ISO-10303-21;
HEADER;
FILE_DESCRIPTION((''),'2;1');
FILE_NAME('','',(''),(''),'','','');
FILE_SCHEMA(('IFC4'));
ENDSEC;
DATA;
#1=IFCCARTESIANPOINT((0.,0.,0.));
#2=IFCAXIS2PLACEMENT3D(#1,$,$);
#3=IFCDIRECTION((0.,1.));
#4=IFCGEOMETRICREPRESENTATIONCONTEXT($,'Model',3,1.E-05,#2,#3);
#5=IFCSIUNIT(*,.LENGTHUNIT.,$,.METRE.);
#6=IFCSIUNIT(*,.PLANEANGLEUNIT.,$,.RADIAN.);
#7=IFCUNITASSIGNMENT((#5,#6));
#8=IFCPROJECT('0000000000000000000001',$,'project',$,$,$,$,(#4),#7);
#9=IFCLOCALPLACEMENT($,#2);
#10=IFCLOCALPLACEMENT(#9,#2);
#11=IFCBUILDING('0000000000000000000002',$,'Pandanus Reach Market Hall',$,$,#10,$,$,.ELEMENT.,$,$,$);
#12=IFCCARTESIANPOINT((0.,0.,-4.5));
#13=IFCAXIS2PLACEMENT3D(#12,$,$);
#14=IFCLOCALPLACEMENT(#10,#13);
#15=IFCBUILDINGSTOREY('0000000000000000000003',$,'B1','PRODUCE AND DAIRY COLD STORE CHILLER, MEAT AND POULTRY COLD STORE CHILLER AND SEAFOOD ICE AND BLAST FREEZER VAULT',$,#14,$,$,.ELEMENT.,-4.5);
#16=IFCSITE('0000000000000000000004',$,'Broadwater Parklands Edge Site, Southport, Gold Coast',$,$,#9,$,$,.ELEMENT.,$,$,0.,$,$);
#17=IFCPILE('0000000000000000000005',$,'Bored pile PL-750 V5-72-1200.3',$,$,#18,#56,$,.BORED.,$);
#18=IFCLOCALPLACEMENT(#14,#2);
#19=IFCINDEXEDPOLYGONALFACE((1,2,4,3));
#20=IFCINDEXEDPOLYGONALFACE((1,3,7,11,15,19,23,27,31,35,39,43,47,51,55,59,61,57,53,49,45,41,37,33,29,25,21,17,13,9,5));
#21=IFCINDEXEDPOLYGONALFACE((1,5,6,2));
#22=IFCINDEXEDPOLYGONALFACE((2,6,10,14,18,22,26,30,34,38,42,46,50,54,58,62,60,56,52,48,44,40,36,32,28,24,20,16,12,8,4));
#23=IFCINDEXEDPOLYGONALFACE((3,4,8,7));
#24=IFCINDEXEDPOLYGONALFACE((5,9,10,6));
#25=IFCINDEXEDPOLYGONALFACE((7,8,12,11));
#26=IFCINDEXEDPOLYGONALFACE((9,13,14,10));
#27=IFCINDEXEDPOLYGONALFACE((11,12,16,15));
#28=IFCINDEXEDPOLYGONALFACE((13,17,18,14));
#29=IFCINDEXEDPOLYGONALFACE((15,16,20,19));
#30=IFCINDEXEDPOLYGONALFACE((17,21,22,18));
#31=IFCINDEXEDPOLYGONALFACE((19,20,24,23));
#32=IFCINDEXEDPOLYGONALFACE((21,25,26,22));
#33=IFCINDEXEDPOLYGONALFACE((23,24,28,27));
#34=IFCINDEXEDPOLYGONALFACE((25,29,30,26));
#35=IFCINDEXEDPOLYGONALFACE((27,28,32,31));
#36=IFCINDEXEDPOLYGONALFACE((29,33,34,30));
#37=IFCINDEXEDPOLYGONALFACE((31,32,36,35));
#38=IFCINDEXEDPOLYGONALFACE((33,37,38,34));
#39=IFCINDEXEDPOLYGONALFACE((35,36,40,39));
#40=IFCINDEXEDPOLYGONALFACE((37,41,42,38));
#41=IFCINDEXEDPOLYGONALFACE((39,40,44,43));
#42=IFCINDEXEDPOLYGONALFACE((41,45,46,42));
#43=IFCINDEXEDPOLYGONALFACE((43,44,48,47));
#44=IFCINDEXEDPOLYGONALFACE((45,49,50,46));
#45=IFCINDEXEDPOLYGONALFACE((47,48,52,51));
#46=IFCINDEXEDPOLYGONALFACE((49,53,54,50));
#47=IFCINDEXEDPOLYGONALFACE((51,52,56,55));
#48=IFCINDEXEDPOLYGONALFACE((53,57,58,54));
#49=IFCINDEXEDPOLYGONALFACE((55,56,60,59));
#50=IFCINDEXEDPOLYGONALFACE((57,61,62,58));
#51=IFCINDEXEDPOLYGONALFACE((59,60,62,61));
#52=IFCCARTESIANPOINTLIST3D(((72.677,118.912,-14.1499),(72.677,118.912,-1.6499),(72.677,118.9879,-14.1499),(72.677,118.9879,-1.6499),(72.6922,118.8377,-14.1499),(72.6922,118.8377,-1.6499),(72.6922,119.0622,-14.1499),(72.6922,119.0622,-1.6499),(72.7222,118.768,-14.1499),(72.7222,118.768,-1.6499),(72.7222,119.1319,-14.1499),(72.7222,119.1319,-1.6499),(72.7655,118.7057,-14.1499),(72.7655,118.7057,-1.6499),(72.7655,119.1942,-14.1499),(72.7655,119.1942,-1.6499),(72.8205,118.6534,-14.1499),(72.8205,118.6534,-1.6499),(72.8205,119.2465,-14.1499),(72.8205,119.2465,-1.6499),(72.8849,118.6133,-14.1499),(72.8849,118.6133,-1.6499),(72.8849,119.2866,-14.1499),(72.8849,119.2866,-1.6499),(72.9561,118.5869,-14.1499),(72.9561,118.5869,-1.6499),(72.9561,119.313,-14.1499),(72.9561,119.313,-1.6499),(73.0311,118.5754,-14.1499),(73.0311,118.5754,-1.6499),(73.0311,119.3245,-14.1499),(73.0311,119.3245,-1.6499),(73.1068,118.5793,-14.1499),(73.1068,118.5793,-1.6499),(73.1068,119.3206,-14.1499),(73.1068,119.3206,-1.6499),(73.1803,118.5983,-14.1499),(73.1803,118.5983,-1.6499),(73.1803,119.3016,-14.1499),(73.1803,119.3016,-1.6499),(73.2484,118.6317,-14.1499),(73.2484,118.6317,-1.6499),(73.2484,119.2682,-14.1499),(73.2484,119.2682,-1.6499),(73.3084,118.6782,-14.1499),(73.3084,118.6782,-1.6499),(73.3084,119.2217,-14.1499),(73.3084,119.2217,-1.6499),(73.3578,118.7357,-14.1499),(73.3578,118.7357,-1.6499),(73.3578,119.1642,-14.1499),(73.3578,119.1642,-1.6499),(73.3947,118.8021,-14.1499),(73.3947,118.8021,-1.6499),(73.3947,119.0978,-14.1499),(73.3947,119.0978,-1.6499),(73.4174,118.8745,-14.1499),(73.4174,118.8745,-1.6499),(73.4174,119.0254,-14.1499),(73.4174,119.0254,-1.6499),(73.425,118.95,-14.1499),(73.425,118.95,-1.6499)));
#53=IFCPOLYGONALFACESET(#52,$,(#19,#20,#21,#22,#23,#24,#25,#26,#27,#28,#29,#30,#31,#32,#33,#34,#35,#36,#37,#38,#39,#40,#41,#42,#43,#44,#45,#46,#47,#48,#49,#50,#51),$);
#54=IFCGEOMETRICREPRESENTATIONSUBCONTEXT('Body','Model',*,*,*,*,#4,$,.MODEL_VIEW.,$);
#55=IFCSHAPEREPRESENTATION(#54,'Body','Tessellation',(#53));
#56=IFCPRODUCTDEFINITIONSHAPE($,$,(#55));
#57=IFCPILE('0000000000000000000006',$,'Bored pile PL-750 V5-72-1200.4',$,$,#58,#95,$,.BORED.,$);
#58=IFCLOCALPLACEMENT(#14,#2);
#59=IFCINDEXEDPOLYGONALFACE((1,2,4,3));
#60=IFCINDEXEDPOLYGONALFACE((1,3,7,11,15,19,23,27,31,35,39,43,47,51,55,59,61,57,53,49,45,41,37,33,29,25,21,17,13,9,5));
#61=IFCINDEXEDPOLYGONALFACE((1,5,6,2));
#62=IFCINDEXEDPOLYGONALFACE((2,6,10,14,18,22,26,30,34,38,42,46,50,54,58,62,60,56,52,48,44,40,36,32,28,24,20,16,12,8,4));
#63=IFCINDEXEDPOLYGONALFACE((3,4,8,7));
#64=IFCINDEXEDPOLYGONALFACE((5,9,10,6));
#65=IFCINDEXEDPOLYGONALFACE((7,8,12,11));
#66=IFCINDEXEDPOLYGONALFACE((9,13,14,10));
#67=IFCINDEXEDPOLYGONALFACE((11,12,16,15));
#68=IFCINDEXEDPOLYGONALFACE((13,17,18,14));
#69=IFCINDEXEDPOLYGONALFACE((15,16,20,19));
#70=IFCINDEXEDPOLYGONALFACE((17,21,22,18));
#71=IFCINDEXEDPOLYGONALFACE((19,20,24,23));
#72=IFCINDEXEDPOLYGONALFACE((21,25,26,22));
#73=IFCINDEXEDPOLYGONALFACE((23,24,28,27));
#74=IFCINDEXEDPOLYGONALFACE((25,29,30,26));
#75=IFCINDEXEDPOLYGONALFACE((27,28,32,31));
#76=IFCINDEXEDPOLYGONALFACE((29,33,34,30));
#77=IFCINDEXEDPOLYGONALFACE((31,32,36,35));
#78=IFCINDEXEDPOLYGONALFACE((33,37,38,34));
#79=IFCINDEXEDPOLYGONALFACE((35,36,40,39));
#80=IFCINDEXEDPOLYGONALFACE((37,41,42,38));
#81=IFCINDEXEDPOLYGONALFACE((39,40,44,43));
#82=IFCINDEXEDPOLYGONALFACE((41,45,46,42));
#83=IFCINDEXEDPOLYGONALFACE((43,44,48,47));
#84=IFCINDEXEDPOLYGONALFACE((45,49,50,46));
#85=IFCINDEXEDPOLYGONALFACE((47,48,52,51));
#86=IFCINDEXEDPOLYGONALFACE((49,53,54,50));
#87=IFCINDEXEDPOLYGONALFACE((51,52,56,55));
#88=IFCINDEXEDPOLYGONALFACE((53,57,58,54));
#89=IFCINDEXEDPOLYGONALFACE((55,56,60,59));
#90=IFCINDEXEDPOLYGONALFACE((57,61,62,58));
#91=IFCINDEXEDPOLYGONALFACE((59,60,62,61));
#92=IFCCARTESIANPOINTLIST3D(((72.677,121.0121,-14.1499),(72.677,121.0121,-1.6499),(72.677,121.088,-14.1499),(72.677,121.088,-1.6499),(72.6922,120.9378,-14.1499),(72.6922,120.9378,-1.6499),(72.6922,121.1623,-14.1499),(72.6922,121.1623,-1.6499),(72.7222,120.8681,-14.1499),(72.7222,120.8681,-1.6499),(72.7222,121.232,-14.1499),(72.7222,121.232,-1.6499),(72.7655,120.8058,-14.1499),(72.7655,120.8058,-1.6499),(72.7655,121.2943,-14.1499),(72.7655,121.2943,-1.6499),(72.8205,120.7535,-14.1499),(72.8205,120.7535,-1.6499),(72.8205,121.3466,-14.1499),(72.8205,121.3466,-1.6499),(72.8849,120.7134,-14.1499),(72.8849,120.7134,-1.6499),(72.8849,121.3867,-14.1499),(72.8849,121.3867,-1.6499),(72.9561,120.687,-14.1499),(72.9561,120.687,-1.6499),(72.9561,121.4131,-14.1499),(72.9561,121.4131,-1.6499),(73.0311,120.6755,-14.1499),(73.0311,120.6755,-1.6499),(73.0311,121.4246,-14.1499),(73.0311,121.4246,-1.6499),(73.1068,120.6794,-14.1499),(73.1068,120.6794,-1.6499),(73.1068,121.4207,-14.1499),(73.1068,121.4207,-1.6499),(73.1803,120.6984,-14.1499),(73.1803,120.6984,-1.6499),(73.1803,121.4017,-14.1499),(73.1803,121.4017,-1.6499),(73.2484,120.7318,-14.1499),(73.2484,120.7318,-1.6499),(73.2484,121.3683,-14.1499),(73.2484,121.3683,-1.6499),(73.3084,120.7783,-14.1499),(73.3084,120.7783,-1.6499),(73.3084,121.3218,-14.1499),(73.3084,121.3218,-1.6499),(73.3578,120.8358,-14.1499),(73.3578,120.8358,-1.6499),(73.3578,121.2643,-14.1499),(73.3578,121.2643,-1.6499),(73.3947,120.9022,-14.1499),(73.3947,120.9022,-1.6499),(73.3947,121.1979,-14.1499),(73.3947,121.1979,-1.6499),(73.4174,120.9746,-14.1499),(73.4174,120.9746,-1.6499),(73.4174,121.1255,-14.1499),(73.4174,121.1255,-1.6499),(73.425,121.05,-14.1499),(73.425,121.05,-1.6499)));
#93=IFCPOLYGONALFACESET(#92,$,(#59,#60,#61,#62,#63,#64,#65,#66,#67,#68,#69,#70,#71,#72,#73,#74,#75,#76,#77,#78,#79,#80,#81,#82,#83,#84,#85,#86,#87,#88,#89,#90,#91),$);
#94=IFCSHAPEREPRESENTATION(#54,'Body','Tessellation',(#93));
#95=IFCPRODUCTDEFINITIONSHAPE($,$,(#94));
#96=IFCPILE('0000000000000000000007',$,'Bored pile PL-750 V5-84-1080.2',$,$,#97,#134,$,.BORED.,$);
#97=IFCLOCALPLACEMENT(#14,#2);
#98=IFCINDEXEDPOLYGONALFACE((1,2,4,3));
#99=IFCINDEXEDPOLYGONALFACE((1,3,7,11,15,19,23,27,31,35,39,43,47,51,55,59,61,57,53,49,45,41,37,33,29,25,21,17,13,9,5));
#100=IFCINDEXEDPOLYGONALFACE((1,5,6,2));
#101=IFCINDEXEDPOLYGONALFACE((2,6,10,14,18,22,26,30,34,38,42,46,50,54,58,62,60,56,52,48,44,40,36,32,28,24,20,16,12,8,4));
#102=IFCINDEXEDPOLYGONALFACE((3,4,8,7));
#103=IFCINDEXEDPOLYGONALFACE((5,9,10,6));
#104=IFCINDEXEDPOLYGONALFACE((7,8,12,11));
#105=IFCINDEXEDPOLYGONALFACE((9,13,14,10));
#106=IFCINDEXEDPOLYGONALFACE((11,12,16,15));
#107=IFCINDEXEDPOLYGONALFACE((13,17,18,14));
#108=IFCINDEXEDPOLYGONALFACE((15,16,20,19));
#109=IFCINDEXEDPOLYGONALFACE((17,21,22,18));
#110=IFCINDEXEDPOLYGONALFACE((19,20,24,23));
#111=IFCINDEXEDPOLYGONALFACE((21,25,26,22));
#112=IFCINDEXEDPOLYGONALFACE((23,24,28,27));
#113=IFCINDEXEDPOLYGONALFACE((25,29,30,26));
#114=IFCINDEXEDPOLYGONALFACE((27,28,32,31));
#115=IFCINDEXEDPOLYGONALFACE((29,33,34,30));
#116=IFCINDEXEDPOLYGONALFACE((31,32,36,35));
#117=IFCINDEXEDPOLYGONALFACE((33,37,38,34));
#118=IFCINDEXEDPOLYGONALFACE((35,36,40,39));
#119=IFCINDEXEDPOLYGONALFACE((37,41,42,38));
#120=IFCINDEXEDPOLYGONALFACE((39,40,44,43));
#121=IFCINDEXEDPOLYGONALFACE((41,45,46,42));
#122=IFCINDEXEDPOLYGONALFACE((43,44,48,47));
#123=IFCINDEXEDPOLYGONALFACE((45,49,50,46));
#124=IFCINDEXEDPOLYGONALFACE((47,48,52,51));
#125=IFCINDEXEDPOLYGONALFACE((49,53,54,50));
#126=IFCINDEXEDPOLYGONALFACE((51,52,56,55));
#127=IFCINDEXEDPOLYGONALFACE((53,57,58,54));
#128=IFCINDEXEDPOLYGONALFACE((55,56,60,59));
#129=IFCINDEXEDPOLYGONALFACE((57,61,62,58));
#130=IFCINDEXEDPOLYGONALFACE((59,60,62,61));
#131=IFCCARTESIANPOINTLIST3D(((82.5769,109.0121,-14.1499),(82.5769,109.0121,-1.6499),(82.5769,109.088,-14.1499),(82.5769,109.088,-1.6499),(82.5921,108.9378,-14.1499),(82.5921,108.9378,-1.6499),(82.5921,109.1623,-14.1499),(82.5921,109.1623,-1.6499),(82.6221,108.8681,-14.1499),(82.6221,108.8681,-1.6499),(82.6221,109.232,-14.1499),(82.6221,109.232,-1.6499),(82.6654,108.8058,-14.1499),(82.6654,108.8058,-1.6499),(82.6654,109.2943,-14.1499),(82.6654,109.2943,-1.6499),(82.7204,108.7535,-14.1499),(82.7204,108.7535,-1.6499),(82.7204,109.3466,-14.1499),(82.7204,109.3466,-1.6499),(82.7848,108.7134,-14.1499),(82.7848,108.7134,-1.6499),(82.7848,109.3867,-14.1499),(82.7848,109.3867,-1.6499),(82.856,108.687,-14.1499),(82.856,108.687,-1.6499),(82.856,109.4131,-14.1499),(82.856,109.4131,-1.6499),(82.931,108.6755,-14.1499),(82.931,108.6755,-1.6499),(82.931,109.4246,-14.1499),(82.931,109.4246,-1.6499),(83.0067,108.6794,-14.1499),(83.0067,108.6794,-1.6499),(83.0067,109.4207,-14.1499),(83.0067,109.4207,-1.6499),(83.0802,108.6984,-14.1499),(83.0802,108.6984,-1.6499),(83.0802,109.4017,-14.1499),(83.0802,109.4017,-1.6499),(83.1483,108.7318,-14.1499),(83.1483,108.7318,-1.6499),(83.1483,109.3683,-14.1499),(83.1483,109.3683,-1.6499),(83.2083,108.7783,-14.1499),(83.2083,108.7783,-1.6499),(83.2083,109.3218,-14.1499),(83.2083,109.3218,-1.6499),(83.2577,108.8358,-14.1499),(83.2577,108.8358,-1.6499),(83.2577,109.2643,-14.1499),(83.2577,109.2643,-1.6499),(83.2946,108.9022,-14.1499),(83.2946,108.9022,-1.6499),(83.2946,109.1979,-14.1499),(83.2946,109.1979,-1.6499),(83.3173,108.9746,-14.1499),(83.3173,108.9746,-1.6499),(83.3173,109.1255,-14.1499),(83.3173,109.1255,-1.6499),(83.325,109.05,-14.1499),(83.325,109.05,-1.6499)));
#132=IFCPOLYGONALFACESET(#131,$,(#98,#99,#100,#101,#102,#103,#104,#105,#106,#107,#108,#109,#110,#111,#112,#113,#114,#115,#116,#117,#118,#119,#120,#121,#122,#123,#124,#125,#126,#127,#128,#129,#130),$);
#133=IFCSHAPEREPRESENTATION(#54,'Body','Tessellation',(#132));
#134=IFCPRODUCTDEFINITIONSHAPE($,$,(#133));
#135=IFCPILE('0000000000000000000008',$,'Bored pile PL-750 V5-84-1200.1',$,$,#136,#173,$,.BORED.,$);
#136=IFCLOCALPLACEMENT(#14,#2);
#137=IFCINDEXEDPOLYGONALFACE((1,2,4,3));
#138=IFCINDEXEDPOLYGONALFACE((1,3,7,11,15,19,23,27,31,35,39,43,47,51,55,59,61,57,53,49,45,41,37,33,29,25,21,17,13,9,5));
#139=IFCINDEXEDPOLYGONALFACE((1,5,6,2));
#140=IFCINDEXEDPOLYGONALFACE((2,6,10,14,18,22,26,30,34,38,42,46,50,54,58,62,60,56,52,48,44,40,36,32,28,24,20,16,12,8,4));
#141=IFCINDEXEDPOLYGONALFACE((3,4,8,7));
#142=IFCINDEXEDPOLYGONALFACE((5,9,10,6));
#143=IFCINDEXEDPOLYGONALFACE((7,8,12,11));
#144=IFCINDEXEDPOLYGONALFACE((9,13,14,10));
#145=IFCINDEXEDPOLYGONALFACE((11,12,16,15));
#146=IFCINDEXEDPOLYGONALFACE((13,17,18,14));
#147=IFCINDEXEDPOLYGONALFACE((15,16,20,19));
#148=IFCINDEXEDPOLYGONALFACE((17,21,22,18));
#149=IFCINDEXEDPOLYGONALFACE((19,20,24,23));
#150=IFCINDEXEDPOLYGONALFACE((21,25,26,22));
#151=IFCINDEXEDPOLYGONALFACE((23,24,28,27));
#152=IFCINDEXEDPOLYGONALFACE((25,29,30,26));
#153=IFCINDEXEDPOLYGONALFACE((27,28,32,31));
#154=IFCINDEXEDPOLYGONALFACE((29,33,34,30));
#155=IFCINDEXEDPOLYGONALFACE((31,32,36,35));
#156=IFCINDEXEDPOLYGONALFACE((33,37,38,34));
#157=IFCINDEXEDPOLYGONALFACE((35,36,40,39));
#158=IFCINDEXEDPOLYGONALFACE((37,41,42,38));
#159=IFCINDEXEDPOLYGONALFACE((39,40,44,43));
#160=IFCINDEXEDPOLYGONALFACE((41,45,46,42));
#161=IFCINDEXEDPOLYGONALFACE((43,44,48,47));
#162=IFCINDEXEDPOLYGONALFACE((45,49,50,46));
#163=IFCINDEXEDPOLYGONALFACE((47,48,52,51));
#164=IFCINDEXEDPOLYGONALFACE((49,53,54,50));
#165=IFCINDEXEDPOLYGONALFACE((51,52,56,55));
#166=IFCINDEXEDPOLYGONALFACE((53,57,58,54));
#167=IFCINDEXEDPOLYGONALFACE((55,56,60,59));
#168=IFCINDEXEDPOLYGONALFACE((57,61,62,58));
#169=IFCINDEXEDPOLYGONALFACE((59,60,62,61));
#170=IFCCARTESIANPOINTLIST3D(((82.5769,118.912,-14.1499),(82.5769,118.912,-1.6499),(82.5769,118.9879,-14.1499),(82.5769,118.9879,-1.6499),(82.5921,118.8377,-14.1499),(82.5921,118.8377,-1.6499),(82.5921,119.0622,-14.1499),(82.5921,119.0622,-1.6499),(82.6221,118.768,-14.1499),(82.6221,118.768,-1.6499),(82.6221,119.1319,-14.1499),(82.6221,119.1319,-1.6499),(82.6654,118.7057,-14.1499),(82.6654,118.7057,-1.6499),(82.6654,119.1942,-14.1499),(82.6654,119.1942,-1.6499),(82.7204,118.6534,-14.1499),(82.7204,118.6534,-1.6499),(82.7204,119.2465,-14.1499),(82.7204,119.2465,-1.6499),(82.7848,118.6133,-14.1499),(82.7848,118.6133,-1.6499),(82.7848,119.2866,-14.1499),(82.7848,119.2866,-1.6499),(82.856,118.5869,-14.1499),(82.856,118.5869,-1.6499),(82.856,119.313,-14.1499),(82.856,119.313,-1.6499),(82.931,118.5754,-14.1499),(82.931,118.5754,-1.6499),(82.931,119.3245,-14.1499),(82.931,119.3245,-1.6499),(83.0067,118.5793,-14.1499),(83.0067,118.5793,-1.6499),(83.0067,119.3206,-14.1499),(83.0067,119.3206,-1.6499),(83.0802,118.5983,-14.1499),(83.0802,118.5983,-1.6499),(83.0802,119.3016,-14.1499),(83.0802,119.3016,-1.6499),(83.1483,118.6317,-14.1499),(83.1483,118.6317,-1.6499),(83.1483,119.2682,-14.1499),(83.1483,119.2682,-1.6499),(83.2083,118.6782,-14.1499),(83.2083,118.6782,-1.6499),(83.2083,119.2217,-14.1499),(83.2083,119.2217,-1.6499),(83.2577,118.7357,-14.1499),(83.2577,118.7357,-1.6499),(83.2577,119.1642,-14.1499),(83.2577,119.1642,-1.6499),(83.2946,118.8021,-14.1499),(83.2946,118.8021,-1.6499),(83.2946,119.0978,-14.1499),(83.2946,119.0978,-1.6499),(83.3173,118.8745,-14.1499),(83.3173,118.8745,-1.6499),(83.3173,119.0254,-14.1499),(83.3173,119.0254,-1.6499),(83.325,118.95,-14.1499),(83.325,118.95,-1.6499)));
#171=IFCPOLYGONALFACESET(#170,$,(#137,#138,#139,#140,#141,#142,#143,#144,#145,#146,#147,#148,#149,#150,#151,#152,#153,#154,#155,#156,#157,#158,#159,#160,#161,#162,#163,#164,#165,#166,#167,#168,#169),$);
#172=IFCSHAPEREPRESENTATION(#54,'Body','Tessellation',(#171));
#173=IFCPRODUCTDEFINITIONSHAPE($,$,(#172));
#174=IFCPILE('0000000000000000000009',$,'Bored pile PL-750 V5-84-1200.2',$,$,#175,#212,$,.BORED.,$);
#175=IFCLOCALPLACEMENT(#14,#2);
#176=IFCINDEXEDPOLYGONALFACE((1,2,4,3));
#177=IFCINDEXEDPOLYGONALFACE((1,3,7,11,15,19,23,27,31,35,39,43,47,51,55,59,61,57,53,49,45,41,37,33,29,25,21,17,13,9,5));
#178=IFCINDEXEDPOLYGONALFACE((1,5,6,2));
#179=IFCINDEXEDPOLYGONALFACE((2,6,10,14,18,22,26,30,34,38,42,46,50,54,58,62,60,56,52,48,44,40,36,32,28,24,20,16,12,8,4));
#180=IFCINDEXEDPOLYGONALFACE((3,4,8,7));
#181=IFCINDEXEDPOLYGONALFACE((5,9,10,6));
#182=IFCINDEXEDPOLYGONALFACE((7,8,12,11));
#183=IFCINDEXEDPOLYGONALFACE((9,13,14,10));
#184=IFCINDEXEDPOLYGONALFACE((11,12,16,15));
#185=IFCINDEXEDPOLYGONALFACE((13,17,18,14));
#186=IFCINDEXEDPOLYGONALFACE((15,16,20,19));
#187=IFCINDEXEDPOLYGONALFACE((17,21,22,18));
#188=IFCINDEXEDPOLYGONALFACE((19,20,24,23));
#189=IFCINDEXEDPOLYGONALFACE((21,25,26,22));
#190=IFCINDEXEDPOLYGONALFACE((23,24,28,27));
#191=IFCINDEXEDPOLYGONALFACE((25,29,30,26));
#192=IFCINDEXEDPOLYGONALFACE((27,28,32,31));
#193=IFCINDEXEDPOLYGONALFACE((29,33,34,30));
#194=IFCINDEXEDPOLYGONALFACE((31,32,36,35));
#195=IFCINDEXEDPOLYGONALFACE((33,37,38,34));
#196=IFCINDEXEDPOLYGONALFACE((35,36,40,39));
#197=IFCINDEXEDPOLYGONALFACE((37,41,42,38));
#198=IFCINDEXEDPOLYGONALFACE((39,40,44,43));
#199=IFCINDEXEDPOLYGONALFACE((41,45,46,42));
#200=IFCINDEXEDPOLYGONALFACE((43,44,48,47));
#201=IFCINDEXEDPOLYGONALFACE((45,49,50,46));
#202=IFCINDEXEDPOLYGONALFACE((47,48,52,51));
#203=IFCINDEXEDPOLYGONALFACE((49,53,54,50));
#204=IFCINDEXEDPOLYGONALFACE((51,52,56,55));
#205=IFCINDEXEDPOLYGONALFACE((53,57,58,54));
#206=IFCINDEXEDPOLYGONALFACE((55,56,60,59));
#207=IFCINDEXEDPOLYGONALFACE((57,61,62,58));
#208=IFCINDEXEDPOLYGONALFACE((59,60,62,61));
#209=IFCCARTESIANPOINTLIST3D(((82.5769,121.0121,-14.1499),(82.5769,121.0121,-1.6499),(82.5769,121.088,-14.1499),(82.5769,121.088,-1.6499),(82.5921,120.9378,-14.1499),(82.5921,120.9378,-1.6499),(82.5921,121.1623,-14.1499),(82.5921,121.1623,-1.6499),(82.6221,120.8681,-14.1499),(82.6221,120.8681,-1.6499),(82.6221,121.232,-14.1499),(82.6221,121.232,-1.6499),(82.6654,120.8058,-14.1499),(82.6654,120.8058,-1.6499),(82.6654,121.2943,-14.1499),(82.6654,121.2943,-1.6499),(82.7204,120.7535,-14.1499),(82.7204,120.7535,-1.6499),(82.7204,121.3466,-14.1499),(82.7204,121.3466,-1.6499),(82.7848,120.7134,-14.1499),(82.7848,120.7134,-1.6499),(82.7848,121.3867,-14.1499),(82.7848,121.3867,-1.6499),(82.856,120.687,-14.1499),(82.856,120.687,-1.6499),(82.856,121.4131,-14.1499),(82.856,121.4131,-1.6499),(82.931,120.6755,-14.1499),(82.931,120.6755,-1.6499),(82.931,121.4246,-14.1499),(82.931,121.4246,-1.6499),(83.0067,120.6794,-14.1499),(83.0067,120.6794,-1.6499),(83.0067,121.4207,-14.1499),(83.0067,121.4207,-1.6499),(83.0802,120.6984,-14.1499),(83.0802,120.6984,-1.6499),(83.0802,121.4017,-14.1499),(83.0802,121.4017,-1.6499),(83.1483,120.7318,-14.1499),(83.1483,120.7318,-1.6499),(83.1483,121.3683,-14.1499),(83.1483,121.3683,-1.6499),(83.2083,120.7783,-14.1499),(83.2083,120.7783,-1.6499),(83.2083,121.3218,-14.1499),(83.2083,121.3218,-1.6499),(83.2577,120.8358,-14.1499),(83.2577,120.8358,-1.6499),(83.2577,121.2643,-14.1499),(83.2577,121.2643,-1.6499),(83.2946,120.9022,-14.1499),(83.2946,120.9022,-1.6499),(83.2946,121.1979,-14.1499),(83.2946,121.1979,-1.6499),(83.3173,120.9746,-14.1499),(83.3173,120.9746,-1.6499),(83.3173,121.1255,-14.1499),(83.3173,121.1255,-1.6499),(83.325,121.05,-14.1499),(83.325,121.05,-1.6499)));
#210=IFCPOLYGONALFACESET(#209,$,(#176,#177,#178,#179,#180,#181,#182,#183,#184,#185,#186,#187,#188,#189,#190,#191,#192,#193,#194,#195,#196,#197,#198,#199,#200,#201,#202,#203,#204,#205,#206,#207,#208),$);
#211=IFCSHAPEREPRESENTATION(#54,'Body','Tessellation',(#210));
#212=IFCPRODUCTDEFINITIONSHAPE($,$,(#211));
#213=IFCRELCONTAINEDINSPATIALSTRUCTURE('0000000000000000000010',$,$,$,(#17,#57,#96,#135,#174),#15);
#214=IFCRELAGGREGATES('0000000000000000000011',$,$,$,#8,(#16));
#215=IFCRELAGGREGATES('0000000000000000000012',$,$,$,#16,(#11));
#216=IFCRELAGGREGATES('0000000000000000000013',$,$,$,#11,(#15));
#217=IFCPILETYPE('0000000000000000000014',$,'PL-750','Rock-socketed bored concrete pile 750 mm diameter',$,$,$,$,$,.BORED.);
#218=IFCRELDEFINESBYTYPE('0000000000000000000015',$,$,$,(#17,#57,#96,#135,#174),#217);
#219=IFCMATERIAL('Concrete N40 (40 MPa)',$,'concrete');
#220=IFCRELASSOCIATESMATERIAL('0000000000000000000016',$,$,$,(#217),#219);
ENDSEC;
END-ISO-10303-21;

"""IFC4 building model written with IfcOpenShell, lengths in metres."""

from ifc_helpers import new_model, si_unit, direction, frame, origin, origin_2d, place, context, subcontext, project, spatial, circle, extrude, material, material_profile, profile_set, type_object, element, save


model = new_model("IFC4")

# Units and contexts
model_context = context("Model", 3, precision=1e-05, world=origin(), true_north=direction((0.0, 1.0)))
body_context = subcontext(model_context, "Body", "Model", "MODEL_VIEW")
ifc_project = project(units=[si_unit("LENGTHUNIT", "METRE"), si_unit("PLANEANGLEUNIT", "RADIAN")], contexts=[model_context])

# Site, building, storey
site_placement = place(None, origin())
site = spatial("IfcSite", under=ifc_project, at=site_placement, Name="Broadwater Parklands Edge Site, Southport, Gold Coast", CompositionType="ELEMENT", RefElevation=0.0)
building_placement = place(site_placement, origin())
building = spatial("IfcBuilding", under=site, at=building_placement, Name="Pandanus Reach Market Hall", CompositionType="ELEMENT")
storey_placement = place(building_placement, frame((0.0, 0.0, -4.5)))
storey = spatial("IfcBuildingStorey", under=building, at=storey_placement, Name="B1", Description="PRODUCE AND DAIRY COLD STORE CHILLER, MEAT AND POULTRY COLD STORE CHILLER AND SEAFOOD ICE AND BLAST FREEZER VAULT", CompositionType="ELEMENT", Elevation=-4.5)

# Shared definitions
ifc_material_1 = material(Name="Concrete N40 (40 MPa)", Category="concrete")

# Piles
ifc_material_profile_1 = material_profile(ifc_material_1, circle(Radius=0.375, at=origin_2d()), Name="PILE-750D", Category="LoadBearing")
ifc_profile_set_1 = profile_set([ifc_material_profile_1], Name="Concrete N40 (40 MPa)")
pile_type = type_object("IfcPileType", Name="PL-750", Description="Rock-socketed bored concrete pile 750 mm diameter", PredefinedType="BORED", material=ifc_profile_set_1)
for number, where, z_axis, x_axis, name in (
    (1, (73.05, 118.95, -1.6499), (0.0, 0.0, -1.0), (1.0, 0.0, 0.0), "Bored pile PL-750 V5-72-1200.3"),
    (2, (73.05, 121.05, -1.6499), (0.0, 0.0, -1.0), (1.0, 0.0, 0.0), "Bored pile PL-750 V5-72-1200.4"),
    (3, (82.95, 109.05, -1.6499), (0.0, 0.0, -1.0), (1.0, 0.0, 0.0), "Bored pile PL-750 V5-84-1080.2"),
    (4, (82.95, 118.95, -1.6499), (0.0, 0.0, -1.0), (1.0, 0.0, 0.0), "Bored pile PL-750 V5-84-1200.1"),
    (5, (82.95, 121.05, -1.6499), (0.0, 0.0, -1.0), (1.0, 0.0, 0.0), "Bored pile PL-750 V5-84-1200.2"),
):
    element("IfcPile", number, at=place(storey_placement, frame(where, z_axis=z_axis, x_axis=x_axis)), inside=storey, type_object=pile_type, Name=name, PredefinedType="BORED", context=body_context, shape_type="SweptSolid", body=[
        extrude(circle(Radius=0.375, at=origin_2d()), origin(), (0.0, 0.0, 1.0), 12.5),
    ])

save(model, "model.ifc")
